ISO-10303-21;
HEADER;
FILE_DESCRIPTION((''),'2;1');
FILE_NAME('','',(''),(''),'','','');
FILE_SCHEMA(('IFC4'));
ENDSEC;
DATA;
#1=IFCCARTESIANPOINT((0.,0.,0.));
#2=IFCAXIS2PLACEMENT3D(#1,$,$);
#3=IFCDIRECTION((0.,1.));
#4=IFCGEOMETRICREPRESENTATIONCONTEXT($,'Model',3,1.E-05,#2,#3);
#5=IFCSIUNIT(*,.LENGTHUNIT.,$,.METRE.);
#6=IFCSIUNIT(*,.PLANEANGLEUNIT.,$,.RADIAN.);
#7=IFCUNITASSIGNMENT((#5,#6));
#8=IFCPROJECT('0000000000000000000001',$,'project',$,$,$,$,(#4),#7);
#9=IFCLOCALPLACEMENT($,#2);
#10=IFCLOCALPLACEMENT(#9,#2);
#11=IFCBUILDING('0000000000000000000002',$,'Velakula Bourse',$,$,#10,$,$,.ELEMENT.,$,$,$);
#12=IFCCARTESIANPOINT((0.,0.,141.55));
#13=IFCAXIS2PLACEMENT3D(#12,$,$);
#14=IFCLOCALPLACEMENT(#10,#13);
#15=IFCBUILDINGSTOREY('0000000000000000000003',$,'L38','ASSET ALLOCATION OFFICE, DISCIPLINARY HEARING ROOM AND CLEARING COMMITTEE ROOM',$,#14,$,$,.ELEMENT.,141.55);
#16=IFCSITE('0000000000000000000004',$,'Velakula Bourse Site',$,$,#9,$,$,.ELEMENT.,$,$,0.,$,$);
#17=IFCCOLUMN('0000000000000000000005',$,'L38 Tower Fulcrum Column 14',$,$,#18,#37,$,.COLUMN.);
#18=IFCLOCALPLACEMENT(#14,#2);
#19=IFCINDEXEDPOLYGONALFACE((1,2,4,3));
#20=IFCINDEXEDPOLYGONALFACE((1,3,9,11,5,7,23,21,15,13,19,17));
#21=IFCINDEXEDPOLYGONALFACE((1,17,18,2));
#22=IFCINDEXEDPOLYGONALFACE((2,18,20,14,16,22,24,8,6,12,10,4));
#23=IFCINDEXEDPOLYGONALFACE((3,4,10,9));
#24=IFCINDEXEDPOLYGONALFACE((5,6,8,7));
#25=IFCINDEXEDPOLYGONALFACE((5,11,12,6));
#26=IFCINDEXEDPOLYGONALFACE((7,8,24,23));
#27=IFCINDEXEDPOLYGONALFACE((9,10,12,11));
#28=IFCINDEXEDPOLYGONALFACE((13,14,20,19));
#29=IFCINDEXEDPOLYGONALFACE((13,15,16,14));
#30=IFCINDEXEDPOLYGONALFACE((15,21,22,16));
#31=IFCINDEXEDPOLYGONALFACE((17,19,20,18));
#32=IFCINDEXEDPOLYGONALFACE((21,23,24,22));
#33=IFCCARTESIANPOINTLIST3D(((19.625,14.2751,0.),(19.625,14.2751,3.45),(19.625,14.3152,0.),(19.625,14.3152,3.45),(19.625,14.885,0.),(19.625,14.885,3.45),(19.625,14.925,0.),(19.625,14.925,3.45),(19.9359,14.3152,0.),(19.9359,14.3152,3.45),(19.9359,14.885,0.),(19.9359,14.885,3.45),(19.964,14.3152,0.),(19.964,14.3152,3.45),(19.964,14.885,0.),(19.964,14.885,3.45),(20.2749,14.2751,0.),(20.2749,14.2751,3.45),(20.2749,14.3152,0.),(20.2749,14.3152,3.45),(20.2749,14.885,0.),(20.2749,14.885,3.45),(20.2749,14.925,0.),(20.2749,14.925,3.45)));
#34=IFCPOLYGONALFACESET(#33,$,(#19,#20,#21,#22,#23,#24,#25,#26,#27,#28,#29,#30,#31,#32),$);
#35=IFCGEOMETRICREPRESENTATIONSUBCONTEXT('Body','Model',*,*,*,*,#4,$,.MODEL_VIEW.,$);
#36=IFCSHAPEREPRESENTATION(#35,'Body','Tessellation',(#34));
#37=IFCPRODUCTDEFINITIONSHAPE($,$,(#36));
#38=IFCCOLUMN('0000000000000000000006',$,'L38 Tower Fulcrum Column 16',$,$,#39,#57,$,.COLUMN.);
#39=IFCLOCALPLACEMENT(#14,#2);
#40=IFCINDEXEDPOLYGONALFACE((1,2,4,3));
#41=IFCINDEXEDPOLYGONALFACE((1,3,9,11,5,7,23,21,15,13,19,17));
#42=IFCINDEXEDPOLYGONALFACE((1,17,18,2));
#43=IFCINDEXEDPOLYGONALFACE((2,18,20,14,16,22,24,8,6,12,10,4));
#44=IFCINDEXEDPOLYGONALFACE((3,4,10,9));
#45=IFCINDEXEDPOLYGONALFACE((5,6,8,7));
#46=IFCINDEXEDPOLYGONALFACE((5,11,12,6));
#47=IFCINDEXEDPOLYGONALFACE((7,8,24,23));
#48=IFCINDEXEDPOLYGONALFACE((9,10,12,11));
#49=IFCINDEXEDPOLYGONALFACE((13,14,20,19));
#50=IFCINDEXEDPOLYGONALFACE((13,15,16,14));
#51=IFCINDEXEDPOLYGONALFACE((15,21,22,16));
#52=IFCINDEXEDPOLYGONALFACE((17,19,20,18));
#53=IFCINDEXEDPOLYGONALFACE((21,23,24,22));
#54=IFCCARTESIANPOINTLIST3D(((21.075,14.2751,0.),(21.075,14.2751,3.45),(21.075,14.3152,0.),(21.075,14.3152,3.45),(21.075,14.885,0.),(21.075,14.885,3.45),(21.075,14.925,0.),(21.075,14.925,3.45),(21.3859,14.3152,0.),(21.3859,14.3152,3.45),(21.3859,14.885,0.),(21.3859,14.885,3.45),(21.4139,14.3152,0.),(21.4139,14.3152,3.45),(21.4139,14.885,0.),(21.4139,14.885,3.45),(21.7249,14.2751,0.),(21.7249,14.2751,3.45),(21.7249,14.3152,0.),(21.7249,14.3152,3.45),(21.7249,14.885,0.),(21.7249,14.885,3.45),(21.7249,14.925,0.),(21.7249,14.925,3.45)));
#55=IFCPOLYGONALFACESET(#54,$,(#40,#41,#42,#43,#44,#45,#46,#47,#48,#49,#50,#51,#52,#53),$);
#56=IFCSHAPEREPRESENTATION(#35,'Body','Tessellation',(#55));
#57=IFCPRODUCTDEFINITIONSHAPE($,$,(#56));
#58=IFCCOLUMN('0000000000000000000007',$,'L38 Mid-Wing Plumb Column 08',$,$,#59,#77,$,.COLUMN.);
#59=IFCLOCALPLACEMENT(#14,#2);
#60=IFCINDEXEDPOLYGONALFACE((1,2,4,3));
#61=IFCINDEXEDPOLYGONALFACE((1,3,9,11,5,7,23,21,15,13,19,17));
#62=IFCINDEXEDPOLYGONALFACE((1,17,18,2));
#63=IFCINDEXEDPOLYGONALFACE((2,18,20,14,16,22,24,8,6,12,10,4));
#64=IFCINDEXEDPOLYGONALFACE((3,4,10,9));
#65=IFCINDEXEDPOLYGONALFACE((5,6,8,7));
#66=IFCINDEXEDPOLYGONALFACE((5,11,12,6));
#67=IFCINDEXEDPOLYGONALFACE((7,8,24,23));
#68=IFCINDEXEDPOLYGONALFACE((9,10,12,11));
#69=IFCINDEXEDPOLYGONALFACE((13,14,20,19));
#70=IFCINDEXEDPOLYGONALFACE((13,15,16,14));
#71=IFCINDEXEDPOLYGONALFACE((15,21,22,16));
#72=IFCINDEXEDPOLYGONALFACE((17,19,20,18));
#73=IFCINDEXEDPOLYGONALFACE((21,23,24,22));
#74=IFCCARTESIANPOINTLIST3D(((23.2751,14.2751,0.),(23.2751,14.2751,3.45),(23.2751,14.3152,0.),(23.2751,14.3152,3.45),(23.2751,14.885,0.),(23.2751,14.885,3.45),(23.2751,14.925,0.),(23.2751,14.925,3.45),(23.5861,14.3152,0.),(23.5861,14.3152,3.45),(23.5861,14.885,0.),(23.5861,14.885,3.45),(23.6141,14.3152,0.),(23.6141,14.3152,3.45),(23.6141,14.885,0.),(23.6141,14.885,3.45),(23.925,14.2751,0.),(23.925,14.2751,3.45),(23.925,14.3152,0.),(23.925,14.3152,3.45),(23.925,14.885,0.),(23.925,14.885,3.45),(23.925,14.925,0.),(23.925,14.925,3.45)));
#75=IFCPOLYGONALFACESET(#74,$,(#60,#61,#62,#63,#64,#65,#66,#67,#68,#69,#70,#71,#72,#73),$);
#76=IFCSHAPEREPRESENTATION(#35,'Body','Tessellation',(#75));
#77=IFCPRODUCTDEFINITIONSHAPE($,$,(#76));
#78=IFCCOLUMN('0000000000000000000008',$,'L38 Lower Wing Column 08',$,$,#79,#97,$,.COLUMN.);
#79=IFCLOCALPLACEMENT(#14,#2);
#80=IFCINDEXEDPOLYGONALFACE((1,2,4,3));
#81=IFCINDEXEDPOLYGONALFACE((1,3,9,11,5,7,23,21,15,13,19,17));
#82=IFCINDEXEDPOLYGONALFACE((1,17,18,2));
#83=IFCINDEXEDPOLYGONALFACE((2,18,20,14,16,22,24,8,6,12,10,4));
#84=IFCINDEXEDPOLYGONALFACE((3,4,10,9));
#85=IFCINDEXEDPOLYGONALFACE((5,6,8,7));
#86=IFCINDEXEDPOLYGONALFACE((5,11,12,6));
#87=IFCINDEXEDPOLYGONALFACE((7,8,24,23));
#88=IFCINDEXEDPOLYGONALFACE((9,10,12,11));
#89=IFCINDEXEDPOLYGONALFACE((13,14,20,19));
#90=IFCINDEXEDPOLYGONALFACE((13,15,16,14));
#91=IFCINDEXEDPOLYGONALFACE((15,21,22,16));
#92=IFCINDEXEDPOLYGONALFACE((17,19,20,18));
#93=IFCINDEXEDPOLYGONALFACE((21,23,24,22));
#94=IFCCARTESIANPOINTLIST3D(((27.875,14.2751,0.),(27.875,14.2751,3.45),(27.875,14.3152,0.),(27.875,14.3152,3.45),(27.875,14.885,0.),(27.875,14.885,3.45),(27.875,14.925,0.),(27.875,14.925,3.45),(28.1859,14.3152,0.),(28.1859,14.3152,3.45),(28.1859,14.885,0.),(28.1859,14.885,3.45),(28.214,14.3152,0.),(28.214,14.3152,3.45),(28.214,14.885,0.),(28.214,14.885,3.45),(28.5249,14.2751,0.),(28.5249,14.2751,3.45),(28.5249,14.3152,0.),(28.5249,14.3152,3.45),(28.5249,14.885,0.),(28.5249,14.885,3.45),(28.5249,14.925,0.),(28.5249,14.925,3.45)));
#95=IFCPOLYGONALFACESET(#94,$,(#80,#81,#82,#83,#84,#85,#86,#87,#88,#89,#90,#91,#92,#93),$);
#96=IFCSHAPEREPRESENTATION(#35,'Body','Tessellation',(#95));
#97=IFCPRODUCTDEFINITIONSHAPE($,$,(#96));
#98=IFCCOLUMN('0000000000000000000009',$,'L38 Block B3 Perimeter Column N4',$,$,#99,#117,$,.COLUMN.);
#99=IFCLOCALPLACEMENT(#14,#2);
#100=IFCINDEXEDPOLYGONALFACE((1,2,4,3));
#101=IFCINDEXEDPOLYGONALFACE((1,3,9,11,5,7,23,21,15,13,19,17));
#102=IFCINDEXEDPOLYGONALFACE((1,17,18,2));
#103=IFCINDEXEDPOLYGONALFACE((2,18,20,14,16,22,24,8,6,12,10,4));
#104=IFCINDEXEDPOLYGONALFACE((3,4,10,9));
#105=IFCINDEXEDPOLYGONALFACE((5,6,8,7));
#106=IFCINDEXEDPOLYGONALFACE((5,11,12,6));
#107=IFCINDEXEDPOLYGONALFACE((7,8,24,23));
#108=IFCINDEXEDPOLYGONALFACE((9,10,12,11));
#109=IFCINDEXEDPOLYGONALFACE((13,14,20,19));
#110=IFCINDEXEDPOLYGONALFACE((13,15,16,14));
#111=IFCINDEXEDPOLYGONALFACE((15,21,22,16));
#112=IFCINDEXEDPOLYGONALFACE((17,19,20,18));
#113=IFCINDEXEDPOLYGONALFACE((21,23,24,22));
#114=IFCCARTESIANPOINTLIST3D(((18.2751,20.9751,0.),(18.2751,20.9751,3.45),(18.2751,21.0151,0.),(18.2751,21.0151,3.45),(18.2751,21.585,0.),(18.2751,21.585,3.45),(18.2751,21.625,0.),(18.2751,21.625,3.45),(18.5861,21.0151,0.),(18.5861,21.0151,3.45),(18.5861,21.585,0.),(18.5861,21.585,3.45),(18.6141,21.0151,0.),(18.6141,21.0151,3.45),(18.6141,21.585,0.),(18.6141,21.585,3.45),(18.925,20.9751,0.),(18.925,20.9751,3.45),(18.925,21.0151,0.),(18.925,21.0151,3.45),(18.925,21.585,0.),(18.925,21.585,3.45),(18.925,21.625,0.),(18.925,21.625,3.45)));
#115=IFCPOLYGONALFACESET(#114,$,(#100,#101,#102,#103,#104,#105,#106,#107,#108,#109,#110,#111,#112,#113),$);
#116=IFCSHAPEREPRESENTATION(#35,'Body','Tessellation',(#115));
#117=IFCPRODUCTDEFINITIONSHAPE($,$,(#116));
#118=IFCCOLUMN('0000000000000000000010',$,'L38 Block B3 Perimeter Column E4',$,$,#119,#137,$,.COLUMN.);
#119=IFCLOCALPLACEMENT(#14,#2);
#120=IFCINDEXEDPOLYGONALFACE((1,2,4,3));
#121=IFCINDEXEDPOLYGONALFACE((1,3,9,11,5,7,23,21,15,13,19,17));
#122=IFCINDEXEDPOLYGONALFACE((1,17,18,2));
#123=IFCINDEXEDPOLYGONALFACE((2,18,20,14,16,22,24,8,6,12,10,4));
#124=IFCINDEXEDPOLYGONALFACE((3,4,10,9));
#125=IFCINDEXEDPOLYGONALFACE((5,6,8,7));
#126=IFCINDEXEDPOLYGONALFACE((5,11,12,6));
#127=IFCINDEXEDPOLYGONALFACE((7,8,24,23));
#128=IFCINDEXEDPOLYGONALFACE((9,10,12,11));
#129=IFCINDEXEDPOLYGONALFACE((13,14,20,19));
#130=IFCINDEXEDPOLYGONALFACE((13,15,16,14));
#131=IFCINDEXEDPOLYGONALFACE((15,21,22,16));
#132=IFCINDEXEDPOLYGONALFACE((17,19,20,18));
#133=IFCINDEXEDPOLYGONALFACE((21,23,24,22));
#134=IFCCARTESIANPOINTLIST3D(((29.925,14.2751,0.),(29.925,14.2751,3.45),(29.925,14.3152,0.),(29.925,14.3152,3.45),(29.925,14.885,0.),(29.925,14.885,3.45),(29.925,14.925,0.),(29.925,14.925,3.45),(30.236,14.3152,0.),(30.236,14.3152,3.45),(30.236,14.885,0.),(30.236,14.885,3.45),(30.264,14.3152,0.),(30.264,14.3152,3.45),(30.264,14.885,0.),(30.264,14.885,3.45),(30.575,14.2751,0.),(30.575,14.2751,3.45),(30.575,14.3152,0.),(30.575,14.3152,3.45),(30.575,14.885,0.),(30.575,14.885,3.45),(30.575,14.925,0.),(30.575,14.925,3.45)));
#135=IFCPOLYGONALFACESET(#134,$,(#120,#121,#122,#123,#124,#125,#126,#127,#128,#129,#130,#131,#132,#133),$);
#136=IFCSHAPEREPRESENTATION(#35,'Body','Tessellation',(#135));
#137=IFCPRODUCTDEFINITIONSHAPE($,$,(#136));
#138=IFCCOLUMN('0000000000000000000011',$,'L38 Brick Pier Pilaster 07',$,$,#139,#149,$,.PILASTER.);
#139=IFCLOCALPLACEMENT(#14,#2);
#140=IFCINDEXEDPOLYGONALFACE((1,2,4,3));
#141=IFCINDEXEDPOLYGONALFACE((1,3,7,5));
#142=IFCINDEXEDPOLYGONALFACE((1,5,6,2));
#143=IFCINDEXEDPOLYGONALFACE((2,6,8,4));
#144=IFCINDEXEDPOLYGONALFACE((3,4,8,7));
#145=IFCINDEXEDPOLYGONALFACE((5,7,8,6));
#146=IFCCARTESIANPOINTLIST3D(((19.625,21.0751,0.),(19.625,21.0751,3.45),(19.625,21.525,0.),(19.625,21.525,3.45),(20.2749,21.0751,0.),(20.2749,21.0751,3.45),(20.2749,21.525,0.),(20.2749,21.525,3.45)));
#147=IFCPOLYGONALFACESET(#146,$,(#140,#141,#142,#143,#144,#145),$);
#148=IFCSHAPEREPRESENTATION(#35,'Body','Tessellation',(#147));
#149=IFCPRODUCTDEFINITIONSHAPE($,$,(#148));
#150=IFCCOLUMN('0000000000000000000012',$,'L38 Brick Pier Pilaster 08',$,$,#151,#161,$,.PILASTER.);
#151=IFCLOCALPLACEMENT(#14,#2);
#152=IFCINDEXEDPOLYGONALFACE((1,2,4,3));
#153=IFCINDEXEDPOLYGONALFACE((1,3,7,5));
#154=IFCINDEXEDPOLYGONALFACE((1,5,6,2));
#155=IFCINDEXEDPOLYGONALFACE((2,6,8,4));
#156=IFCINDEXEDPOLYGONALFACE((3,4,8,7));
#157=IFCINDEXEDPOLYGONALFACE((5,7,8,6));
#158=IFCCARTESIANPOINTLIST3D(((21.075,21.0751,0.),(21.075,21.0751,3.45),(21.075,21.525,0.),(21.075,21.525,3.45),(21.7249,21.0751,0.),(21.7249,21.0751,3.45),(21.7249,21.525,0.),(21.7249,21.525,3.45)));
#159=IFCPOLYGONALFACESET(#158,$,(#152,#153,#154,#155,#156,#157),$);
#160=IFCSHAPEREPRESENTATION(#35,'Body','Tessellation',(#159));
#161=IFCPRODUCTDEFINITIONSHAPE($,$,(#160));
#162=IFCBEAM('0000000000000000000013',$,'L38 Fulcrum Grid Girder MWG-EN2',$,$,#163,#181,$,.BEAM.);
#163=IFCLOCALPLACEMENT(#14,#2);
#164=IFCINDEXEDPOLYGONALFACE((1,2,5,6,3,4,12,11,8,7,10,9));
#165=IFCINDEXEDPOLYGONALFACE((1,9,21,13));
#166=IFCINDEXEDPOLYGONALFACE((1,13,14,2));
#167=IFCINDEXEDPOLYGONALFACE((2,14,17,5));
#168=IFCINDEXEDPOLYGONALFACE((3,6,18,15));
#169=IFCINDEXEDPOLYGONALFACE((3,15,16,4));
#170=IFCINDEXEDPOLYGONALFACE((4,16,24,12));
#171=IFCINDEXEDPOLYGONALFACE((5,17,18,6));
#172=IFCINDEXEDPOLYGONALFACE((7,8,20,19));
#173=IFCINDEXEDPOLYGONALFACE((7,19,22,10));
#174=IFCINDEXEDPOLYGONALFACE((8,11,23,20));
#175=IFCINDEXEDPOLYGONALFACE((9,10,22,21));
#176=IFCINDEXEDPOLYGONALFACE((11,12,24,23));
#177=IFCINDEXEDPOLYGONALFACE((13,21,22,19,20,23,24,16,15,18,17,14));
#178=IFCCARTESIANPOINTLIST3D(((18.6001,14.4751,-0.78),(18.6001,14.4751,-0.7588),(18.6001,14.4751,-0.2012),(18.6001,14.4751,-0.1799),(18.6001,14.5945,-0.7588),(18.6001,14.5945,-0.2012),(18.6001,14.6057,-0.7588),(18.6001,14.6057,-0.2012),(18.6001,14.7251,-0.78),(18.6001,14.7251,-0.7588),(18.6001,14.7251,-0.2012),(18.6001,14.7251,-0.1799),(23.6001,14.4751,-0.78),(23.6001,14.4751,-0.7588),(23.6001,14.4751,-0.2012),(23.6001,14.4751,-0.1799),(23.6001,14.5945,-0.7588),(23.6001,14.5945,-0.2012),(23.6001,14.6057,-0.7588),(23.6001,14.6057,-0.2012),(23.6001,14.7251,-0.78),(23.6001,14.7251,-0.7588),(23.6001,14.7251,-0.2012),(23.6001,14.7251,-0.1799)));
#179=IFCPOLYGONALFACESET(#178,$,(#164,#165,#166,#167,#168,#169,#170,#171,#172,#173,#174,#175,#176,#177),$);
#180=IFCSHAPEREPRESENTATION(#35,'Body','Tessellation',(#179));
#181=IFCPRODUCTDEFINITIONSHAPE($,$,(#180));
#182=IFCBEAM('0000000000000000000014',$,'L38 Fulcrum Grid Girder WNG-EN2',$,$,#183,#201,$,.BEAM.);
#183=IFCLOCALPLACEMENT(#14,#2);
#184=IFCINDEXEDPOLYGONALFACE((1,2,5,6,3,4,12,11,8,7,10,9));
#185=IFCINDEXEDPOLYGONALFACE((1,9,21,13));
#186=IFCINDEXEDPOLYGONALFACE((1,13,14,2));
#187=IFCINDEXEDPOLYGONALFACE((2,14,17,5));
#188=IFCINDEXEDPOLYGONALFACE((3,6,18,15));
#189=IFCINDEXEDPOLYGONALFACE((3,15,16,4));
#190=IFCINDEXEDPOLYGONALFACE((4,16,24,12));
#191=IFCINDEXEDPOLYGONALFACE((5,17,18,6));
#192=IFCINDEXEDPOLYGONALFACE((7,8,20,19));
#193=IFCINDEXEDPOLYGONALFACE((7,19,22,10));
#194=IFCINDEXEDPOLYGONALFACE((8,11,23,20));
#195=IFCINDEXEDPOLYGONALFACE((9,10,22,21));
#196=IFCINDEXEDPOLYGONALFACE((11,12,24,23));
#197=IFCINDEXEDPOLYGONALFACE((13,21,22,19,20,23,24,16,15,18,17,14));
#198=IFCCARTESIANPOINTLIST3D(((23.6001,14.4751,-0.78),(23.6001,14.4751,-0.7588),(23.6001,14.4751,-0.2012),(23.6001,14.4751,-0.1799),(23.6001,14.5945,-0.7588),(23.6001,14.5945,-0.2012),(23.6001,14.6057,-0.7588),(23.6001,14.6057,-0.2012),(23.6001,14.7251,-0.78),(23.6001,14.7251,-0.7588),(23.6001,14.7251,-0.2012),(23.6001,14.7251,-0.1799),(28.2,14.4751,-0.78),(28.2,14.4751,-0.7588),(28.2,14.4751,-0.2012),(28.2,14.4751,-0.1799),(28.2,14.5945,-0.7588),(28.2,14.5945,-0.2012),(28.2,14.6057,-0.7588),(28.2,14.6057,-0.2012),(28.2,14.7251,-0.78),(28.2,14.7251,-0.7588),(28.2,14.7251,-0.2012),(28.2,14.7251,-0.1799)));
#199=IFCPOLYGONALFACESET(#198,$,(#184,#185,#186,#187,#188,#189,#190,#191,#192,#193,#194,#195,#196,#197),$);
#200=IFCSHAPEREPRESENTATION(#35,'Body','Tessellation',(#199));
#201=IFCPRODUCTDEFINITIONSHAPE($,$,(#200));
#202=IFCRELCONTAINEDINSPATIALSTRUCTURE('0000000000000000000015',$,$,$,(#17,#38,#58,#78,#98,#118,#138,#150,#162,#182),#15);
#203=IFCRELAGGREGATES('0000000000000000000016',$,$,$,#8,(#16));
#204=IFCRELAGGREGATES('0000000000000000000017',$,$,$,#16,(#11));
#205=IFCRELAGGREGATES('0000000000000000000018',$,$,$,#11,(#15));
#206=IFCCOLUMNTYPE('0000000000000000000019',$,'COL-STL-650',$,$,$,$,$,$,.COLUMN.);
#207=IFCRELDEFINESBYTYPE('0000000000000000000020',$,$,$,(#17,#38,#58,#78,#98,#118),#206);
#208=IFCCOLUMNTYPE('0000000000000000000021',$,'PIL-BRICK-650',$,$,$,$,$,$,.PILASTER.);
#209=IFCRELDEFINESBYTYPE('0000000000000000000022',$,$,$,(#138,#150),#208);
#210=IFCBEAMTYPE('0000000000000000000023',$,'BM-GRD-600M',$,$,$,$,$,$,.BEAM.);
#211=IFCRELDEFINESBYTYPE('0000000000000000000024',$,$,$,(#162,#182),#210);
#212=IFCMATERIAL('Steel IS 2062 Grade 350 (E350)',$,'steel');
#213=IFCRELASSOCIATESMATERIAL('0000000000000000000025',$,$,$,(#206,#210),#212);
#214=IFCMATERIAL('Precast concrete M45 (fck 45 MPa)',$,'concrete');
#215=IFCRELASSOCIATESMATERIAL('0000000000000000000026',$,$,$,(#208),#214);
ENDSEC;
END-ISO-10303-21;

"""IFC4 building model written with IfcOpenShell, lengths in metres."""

from ifc_helpers import new_model, si_unit, direction, frame, origin, origin_2d, place, context, subcontext, project, spatial, rectangle, i_section, extrude, material, material_profile, profile_set, type_object, element, save


model = new_model("IFC4")

# Units and contexts
model_context = context("Model", 3, precision=1e-05, world=origin(), true_north=direction((0.0, 1.0)))
body_context = subcontext(model_context, "Body", "Model", "MODEL_VIEW")
ifc_project = project(units=[si_unit("LENGTHUNIT", "METRE"), si_unit("PLANEANGLEUNIT", "RADIAN")], contexts=[model_context])

# Site, building, storey
site_placement = place(None, origin())
site = spatial("IfcSite", under=ifc_project, at=site_placement, Name="Velakula Bourse Site", CompositionType="ELEMENT", RefElevation=0.0)
building_placement = place(site_placement, origin())
building = spatial("IfcBuilding", under=site, at=building_placement, Name="Velakula Bourse", CompositionType="ELEMENT")
storey_placement = place(building_placement, frame((0.0, 0.0, 141.55)))
storey = spatial("IfcBuildingStorey", under=building, at=storey_placement, Name="L38", Description="ASSET ALLOCATION OFFICE, DISCIPLINARY HEARING ROOM AND CLEARING COMMITTEE ROOM", CompositionType="ELEMENT", Elevation=141.55)

# Columns
ifc_material_1 = material(Name="Steel IS 2062 Grade 350 (E350)", Category="steel")
ifc_material_profile_1 = material_profile(ifc_material_1, i_section(OverallWidth=0.6499, OverallDepth=0.6499, WebThickness=0.0281, FlangeThickness=0.04, at=origin_2d()), Name="Steel IS 2062 Grade 350 (E350)")
ifc_profile_set_1 = profile_set([ifc_material_profile_1], Name="Steel IS 2062 Grade 350 (E350)")
column_type_1 = type_object("IfcColumnType", Name="COL-STL-650", PredefinedType="COLUMN", material=ifc_profile_set_1)
for number, where, z_axis, x_axis, name in (
    (1, (19.95, 14.6001, 0.0), (0.0, 0.0, 1.0), (1.0, 0.0, 0.0), "L38 Tower Fulcrum Column 14"),
    (2, (21.3999, 14.6001, 0.0), (0.0, 0.0, 1.0), (1.0, 0.0, 0.0), "L38 Tower Fulcrum Column 16"),
    (3, (23.6001, 14.6001, 0.0), (0.0, 0.0, 1.0), (1.0, 0.0, 0.0), "L38 Mid-Wing Plumb Column 08"),
    (4, (28.2, 14.6001, 0.0), (0.0, 0.0, 1.0), (1.0, 0.0, 0.0), "L38 Lower Wing Column 08"),
    (5, (18.6001, 21.3, 0.0), (0.0, 0.0, 1.0), (1.0, 0.0, 0.0), "L38 Block B3 Perimeter Column N4"),
    (6, (30.25, 14.6001, 0.0), (0.0, 0.0, 1.0), (1.0, 0.0, 0.0), "L38 Block B3 Perimeter Column E4"),
):
    element("IfcColumn", number, at=place(storey_placement, frame(where, z_axis=z_axis, x_axis=x_axis)), inside=storey, type_object=column_type_1, Name=name, PredefinedType="COLUMN", context=body_context, shape_type="SweptSolid", body=[
        extrude(i_section(OverallWidth=0.6499, OverallDepth=0.6499, WebThickness=0.0281, FlangeThickness=0.04, at=origin_2d()), origin(), (0.0, 0.0, 1.0), 3.45),
    ])
ifc_material_2 = material(Name="Precast concrete M45 (fck 45 MPa)", Category="concrete")
ifc_material_profile_2 = material_profile(ifc_material_2, rectangle(XDim=0.6499, YDim=0.45, at=origin_2d()), Name="Precast concrete M45 (fck 45 MPa)")
ifc_profile_set_2 = profile_set([ifc_material_profile_2], Name="Precast concrete M45 (fck 45 MPa)")
column_type_2 = type_object("IfcColumnType", Name="PIL-BRICK-650", PredefinedType="PILASTER", material=ifc_profile_set_2)
for number, where, z_axis, x_axis, name in (
    (7, (19.95, 21.3, 0.0), (0.0, 0.0, 1.0), (1.0, 0.0, 0.0), "L38 Brick Pier Pilaster 07"),
    (8, (21.3999, 21.3, 0.0), (0.0, 0.0, 1.0), (1.0, 0.0, 0.0), "L38 Brick Pier Pilaster 08"),
):
    element("IfcColumn", number, at=place(storey_placement, frame(where, z_axis=z_axis, x_axis=x_axis)), inside=storey, type_object=column_type_2, Name=name, PredefinedType="PILASTER", context=body_context, shape_type="SweptSolid", body=[
        extrude(rectangle(XDim=0.6499, YDim=0.45, at=origin_2d()), origin(), (0.0, 0.0, 1.0), 3.45),
    ])

# Beams
ifc_material_profile_3 = material_profile(ifc_material_1, i_section(OverallWidth=0.25, OverallDepth=0.6001, WebThickness=0.0112, FlangeThickness=0.0212, at=origin_2d()), Name="Steel IS 2062 Grade 350 (E350)")
ifc_profile_set_3 = profile_set([ifc_material_profile_3], Name="Steel IS 2062 Grade 350 (E350)")
beam_type_1 = type_object("IfcBeamType", Name="BM-GRD-600M", PredefinedType="BEAM", material=ifc_profile_set_3)
beam_1_placement = place(storey_placement, frame((18.6001, 14.6001, -0.48), z_axis=(1.0, 0.0, 0.0), x_axis=(0.0, 1.0, 0.0)))
element("IfcBeam", 9, at=beam_1_placement, inside=storey, type_object=beam_type_1, Name="L38 Fulcrum Grid Girder MWG-EN2", PredefinedType="BEAM", context=body_context, shape_type="SweptSolid", body=[
    extrude(i_section(OverallWidth=0.25, OverallDepth=0.6001, WebThickness=0.0112, FlangeThickness=0.0212, at=origin_2d()), origin(), (0.0, 0.0, 1.0), 5.0),
])
beam_2_placement = place(storey_placement, frame((23.6001, 14.6001, -0.48), z_axis=(1.0, 0.0, 0.0), x_axis=(0.0, 1.0, 0.0)))
element("IfcBeam", 10, at=beam_2_placement, inside=storey, type_object=beam_type_1, Name="L38 Fulcrum Grid Girder WNG-EN2", PredefinedType="BEAM", context=body_context, shape_type="SweptSolid", body=[
    extrude(i_section(OverallWidth=0.25, OverallDepth=0.6001, WebThickness=0.0112, FlangeThickness=0.0212, at=origin_2d()), origin(), (0.0, 0.0, 1.0), 4.5999),
])

save(model, "model.ifc")
